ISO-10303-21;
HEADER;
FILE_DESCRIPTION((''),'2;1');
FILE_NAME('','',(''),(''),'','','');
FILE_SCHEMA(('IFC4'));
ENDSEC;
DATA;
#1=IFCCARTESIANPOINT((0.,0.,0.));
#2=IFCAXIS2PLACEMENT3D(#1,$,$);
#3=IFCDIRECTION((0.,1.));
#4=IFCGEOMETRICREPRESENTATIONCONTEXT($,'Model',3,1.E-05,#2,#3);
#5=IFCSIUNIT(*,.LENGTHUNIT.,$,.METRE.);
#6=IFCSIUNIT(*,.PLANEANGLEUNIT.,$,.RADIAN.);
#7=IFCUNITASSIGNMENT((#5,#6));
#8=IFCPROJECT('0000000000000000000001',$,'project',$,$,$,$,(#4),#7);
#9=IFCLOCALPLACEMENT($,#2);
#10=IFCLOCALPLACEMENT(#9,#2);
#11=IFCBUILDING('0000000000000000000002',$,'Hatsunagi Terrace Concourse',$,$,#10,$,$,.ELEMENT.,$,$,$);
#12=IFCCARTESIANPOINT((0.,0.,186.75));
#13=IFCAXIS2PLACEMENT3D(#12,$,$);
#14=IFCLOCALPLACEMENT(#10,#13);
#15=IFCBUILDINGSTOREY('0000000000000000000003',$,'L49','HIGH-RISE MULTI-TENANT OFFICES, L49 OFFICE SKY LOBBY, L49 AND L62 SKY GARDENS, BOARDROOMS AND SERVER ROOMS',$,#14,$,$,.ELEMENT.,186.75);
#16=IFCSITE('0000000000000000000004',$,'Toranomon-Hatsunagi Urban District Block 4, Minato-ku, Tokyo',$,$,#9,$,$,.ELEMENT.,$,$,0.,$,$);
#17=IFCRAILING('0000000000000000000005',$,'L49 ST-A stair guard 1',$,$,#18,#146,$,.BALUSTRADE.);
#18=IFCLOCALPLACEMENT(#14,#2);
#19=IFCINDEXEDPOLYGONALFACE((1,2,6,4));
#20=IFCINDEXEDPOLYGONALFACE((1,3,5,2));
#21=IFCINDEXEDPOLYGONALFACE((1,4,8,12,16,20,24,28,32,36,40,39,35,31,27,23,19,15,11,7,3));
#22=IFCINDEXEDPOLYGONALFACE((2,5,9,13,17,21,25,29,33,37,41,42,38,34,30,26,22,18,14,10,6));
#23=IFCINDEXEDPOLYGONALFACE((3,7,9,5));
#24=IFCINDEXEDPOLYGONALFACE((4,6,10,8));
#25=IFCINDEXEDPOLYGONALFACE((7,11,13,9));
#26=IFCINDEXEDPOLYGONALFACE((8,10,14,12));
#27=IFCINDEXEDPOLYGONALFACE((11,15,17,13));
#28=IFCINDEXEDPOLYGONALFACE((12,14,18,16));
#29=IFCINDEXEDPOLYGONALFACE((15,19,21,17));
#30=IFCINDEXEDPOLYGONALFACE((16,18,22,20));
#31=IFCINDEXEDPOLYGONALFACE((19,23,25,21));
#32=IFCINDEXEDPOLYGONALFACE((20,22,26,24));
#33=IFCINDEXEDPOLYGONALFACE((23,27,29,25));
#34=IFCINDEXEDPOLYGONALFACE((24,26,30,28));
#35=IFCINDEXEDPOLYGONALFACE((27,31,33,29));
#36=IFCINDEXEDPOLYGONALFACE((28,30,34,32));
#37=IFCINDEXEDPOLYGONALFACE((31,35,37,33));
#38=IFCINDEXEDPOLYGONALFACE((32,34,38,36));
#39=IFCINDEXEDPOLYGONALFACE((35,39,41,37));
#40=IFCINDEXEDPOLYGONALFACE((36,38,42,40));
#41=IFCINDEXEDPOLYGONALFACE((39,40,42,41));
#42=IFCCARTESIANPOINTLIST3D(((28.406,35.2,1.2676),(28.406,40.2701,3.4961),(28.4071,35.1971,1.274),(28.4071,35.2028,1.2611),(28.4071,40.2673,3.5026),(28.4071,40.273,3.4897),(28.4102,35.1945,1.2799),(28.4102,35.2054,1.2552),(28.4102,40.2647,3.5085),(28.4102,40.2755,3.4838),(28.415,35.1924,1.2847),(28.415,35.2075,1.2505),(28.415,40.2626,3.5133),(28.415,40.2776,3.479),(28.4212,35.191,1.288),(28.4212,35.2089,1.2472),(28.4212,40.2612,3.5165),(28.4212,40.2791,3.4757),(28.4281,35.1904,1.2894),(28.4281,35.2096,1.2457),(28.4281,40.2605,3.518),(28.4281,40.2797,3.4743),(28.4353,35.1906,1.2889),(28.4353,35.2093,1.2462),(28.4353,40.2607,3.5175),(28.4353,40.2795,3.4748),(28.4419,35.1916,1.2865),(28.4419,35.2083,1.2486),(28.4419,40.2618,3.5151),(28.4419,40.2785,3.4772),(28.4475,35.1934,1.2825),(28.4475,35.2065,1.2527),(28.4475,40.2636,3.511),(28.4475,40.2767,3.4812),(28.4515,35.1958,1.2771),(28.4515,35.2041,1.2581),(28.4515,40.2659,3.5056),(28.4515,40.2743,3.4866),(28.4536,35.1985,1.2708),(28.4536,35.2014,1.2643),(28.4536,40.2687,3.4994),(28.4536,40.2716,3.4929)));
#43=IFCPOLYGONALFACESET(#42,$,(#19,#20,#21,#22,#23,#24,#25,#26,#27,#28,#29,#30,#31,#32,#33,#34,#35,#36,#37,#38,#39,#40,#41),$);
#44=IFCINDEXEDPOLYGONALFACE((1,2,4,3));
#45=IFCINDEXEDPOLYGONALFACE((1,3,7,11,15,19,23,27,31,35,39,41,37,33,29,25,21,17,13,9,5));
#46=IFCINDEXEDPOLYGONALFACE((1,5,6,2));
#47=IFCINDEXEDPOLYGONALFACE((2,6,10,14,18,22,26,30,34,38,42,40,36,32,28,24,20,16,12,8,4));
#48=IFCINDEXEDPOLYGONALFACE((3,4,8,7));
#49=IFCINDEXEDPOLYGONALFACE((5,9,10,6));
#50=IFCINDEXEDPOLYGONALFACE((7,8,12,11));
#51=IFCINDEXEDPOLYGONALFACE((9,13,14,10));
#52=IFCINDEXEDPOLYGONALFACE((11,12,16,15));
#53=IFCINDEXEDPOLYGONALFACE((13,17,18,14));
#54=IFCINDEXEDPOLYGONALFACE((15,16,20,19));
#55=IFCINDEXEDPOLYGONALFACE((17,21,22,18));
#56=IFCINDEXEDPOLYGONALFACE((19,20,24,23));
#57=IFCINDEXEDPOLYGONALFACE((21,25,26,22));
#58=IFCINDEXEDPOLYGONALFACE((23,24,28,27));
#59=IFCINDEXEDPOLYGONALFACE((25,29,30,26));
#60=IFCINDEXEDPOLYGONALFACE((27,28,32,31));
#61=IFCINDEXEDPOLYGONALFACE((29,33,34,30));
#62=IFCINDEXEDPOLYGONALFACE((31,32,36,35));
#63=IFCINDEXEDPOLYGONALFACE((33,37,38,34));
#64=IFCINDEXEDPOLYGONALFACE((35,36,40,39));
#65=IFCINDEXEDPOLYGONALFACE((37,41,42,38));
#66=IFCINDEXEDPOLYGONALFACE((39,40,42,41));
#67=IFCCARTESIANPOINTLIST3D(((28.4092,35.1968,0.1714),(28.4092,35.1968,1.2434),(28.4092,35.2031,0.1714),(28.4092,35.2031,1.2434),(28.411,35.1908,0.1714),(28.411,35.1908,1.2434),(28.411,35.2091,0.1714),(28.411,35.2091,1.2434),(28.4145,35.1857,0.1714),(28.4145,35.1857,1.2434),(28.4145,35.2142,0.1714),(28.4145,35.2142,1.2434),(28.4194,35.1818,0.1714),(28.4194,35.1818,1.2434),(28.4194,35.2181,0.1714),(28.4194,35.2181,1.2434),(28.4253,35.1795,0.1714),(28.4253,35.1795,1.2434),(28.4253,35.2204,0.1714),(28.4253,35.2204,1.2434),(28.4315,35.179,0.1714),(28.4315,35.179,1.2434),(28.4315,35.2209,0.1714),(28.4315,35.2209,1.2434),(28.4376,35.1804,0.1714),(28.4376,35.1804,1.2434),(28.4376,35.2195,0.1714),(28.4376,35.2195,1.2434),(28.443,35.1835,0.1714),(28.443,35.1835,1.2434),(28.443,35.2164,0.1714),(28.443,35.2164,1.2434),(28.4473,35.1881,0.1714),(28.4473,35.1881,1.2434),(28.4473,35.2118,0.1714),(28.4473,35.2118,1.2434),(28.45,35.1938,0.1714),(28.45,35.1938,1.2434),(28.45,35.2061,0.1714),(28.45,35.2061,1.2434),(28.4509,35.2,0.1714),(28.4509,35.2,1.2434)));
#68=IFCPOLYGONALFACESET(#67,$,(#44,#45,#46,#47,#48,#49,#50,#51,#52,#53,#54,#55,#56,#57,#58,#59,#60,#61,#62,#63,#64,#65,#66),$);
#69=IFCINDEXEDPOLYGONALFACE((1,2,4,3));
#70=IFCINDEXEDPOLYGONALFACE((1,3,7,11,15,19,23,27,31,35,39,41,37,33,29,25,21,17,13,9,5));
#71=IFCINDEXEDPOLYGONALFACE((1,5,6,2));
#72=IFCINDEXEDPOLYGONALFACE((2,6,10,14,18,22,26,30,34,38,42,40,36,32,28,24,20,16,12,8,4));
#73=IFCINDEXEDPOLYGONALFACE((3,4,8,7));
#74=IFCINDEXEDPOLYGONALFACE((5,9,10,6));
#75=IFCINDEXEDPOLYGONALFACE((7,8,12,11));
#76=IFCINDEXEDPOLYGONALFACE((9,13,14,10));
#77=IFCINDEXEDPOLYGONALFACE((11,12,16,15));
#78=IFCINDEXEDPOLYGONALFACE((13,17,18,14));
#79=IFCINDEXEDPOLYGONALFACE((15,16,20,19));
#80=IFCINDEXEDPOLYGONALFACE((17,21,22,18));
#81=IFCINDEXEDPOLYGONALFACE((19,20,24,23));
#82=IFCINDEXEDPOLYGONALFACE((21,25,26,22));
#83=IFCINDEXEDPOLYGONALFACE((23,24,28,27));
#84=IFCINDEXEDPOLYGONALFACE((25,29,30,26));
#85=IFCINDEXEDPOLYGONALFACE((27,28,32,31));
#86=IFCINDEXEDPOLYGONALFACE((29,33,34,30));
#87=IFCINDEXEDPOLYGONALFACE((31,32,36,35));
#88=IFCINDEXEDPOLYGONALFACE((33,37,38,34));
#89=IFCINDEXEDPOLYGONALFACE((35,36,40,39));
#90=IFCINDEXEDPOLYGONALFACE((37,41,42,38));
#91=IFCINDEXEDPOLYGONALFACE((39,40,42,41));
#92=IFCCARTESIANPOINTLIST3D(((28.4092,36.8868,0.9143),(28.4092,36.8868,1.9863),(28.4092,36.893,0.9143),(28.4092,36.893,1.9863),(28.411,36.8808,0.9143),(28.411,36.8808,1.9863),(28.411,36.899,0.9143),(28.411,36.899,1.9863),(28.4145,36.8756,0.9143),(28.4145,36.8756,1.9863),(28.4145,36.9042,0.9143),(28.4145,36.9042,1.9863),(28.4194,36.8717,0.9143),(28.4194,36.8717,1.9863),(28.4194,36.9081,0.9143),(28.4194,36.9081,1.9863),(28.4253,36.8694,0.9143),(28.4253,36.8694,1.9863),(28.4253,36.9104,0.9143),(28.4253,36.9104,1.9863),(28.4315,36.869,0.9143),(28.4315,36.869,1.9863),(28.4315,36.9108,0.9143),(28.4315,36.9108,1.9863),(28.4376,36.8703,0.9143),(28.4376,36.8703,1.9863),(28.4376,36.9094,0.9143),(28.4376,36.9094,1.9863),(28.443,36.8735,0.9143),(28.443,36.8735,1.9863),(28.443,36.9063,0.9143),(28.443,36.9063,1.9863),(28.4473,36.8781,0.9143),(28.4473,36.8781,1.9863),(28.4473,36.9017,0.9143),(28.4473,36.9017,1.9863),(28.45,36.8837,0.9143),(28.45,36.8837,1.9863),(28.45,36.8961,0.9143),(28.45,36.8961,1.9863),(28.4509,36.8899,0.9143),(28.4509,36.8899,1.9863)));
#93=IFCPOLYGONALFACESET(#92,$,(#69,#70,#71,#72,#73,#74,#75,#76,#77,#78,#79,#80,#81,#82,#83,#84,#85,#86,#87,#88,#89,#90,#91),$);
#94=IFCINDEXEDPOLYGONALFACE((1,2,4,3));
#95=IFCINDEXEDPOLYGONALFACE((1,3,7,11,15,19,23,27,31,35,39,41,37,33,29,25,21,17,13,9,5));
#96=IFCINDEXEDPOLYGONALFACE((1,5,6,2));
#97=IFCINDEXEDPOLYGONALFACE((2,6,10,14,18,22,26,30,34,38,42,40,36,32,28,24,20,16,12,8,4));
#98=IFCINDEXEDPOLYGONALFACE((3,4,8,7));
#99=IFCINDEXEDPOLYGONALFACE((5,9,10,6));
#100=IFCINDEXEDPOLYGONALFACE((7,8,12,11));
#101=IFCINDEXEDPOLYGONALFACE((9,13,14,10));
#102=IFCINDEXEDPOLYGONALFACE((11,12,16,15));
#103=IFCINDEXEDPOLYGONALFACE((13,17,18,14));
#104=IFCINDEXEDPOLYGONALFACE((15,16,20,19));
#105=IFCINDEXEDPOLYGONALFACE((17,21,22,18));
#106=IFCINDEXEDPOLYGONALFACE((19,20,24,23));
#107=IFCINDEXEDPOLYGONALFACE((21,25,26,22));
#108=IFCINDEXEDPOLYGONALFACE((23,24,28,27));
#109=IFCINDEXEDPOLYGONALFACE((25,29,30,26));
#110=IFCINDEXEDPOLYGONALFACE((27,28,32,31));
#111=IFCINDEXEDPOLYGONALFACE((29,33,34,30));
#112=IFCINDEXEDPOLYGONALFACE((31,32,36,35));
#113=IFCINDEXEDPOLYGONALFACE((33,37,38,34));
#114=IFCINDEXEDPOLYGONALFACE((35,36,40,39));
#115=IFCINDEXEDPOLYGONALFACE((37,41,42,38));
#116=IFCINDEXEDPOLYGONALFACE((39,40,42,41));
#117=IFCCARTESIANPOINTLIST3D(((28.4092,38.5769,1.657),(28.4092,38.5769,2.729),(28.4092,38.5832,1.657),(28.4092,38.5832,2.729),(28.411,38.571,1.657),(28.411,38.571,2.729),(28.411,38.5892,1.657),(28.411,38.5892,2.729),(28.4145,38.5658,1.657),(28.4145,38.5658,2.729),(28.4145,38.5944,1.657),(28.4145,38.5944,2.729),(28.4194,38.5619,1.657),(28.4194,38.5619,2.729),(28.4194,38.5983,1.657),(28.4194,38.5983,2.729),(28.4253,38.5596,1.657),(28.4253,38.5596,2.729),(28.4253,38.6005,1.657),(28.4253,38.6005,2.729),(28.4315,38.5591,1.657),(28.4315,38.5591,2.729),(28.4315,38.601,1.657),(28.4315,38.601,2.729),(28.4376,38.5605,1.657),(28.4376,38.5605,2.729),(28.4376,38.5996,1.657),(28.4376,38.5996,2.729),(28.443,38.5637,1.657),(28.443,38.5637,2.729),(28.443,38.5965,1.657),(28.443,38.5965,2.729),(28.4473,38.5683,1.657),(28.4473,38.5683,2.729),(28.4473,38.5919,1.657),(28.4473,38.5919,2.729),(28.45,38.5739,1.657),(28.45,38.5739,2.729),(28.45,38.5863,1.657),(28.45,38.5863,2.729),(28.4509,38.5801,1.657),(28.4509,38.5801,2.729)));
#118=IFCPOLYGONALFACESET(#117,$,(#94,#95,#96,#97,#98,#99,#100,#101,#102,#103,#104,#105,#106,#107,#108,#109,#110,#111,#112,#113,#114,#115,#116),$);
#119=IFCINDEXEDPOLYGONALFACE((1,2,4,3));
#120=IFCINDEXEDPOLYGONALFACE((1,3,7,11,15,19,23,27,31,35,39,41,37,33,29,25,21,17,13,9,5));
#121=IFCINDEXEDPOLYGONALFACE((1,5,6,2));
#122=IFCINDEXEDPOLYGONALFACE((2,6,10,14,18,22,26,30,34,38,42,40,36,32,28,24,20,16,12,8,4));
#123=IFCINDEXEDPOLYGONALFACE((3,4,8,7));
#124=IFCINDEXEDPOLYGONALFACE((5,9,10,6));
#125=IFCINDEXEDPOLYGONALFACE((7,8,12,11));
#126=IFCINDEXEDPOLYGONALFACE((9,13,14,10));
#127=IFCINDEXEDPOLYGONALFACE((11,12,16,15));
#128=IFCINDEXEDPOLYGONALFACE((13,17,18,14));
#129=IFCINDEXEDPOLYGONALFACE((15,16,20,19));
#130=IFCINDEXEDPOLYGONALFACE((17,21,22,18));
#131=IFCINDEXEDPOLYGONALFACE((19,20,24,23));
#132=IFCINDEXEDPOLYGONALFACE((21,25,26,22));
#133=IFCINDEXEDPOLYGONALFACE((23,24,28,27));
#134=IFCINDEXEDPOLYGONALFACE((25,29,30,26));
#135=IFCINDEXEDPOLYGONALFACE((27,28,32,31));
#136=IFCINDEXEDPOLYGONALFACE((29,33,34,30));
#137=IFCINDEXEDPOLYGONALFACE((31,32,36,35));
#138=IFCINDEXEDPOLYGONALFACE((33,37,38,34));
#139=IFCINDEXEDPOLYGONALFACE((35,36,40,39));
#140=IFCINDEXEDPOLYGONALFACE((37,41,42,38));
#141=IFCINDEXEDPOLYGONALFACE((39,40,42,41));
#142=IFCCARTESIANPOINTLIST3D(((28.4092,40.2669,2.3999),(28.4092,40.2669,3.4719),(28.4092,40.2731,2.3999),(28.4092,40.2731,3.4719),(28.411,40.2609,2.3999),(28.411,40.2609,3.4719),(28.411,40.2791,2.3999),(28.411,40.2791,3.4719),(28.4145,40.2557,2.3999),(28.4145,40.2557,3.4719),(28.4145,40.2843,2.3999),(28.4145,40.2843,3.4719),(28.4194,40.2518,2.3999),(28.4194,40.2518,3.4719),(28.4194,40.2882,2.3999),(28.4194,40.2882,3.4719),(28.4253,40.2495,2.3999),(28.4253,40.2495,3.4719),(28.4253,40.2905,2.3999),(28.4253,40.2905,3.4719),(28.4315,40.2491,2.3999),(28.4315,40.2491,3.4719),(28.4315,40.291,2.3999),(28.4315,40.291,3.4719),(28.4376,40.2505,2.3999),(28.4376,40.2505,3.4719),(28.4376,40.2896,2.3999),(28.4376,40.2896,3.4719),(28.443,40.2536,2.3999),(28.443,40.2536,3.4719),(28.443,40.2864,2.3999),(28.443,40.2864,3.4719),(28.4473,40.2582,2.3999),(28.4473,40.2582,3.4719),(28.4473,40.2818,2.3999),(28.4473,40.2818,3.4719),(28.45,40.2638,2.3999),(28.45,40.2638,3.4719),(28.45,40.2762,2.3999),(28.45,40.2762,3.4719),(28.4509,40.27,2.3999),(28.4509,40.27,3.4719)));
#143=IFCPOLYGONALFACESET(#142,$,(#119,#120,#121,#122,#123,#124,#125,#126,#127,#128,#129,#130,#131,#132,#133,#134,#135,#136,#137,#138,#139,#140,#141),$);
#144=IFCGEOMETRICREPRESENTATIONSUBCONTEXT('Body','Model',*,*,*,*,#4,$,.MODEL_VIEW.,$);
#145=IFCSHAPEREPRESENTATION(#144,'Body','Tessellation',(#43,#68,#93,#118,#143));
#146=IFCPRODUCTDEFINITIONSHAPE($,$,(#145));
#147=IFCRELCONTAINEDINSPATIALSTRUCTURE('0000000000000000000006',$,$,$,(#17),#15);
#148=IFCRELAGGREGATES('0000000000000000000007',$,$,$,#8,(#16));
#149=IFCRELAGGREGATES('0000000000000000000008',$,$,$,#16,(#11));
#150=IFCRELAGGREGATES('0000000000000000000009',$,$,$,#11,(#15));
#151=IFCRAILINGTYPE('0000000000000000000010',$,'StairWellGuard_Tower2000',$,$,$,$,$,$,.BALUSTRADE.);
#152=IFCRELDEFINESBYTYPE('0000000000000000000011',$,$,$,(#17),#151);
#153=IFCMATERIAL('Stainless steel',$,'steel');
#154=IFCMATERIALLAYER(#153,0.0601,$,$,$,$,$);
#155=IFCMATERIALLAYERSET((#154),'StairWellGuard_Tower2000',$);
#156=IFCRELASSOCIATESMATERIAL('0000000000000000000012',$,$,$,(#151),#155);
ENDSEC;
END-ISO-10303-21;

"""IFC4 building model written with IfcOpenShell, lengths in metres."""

from ifc_helpers import new_model, si_unit, direction, frame, origin, origin_2d, place, context, subcontext, project, spatial, circle, extrude, material, layer, layer_set, type_object, element, save


model = new_model("IFC4")

# Units and contexts
model_context = context("Model", 3, precision=1e-05, world=origin(), true_north=direction((0.0, 1.0)))
body_context = subcontext(model_context, "Body", "Model", "MODEL_VIEW")
ifc_project = project(units=[si_unit("LENGTHUNIT", "METRE"), si_unit("PLANEANGLEUNIT", "RADIAN")], contexts=[model_context])

# Site, building, storey
site_placement = place(None, origin())
site = spatial("IfcSite", under=ifc_project, at=site_placement, Name="Toranomon-Hatsunagi Urban District Block 4, Minato-ku, Tokyo", CompositionType="ELEMENT", RefElevation=0.0)
building_placement = place(site_placement, origin())
building = spatial("IfcBuilding", under=site, at=building_placement, Name="Hatsunagi Terrace Concourse", CompositionType="ELEMENT")
storey_placement = place(building_placement, frame((0.0, 0.0, 186.75)))
storey = spatial("IfcBuildingStorey", under=building, at=storey_placement, Name="L49", Description="HIGH-RISE MULTI-TENANT OFFICES, L49 OFFICE SKY LOBBY, L49 AND L62 SKY GARDENS, BOARDROOMS AND SERVER ROOMS", CompositionType="ELEMENT", Elevation=186.75)

# Railing
ifc_material_1 = material(Name="Stainless steel", Category="steel")
ifc_layer_1 = layer(ifc_material_1, 0.0601)
ifc_layer_set_1 = layer_set([ifc_layer_1], Name="StairWellGuard_Tower2000")
railing_type_1 = type_object("IfcRailingType", Name="StairWellGuard_Tower2000", PredefinedType="BALUSTRADE", material=ifc_layer_set_1)
railing_1_placement = place(storey_placement, frame((28.4299, 35.2, 0.1714)))
element("IfcRailing", 1, at=railing_1_placement, inside=storey, type_object=railing_type_1, Name="L49 ST-A stair guard 1", PredefinedType="BALUSTRADE", context=body_context, shape_type="SweptSolid", body=[
    extrude(circle(Radius=0.0239, at=origin_2d()), frame((0.0, 0.0, 1.0962), z_axis=(0.0, 0.915469, 0.402388), x_axis=(-1.0, 0.0, 0.0)), (0.0, 0.0, 1.0), 5.5383),
    extrude(circle(Radius=0.021, at=origin_2d()), origin(), (0.0, 0.0, 1.0), 1.072),
    extrude(circle(Radius=0.021, at=origin_2d()), frame((0.0, 1.6899, 0.7429)), (0.0, 0.0, 1.0), 1.072),
    extrude(circle(Radius=0.021, at=origin_2d()), frame((0.0, 3.3801, 1.4856)), (0.0, 0.0, 1.0), 1.072),
    extrude(circle(Radius=0.021, at=origin_2d()), frame((0.0, 5.0701, 2.2285)), (0.0, 0.0, 1.0), 1.072),
])

save(model, "model.ifc")
